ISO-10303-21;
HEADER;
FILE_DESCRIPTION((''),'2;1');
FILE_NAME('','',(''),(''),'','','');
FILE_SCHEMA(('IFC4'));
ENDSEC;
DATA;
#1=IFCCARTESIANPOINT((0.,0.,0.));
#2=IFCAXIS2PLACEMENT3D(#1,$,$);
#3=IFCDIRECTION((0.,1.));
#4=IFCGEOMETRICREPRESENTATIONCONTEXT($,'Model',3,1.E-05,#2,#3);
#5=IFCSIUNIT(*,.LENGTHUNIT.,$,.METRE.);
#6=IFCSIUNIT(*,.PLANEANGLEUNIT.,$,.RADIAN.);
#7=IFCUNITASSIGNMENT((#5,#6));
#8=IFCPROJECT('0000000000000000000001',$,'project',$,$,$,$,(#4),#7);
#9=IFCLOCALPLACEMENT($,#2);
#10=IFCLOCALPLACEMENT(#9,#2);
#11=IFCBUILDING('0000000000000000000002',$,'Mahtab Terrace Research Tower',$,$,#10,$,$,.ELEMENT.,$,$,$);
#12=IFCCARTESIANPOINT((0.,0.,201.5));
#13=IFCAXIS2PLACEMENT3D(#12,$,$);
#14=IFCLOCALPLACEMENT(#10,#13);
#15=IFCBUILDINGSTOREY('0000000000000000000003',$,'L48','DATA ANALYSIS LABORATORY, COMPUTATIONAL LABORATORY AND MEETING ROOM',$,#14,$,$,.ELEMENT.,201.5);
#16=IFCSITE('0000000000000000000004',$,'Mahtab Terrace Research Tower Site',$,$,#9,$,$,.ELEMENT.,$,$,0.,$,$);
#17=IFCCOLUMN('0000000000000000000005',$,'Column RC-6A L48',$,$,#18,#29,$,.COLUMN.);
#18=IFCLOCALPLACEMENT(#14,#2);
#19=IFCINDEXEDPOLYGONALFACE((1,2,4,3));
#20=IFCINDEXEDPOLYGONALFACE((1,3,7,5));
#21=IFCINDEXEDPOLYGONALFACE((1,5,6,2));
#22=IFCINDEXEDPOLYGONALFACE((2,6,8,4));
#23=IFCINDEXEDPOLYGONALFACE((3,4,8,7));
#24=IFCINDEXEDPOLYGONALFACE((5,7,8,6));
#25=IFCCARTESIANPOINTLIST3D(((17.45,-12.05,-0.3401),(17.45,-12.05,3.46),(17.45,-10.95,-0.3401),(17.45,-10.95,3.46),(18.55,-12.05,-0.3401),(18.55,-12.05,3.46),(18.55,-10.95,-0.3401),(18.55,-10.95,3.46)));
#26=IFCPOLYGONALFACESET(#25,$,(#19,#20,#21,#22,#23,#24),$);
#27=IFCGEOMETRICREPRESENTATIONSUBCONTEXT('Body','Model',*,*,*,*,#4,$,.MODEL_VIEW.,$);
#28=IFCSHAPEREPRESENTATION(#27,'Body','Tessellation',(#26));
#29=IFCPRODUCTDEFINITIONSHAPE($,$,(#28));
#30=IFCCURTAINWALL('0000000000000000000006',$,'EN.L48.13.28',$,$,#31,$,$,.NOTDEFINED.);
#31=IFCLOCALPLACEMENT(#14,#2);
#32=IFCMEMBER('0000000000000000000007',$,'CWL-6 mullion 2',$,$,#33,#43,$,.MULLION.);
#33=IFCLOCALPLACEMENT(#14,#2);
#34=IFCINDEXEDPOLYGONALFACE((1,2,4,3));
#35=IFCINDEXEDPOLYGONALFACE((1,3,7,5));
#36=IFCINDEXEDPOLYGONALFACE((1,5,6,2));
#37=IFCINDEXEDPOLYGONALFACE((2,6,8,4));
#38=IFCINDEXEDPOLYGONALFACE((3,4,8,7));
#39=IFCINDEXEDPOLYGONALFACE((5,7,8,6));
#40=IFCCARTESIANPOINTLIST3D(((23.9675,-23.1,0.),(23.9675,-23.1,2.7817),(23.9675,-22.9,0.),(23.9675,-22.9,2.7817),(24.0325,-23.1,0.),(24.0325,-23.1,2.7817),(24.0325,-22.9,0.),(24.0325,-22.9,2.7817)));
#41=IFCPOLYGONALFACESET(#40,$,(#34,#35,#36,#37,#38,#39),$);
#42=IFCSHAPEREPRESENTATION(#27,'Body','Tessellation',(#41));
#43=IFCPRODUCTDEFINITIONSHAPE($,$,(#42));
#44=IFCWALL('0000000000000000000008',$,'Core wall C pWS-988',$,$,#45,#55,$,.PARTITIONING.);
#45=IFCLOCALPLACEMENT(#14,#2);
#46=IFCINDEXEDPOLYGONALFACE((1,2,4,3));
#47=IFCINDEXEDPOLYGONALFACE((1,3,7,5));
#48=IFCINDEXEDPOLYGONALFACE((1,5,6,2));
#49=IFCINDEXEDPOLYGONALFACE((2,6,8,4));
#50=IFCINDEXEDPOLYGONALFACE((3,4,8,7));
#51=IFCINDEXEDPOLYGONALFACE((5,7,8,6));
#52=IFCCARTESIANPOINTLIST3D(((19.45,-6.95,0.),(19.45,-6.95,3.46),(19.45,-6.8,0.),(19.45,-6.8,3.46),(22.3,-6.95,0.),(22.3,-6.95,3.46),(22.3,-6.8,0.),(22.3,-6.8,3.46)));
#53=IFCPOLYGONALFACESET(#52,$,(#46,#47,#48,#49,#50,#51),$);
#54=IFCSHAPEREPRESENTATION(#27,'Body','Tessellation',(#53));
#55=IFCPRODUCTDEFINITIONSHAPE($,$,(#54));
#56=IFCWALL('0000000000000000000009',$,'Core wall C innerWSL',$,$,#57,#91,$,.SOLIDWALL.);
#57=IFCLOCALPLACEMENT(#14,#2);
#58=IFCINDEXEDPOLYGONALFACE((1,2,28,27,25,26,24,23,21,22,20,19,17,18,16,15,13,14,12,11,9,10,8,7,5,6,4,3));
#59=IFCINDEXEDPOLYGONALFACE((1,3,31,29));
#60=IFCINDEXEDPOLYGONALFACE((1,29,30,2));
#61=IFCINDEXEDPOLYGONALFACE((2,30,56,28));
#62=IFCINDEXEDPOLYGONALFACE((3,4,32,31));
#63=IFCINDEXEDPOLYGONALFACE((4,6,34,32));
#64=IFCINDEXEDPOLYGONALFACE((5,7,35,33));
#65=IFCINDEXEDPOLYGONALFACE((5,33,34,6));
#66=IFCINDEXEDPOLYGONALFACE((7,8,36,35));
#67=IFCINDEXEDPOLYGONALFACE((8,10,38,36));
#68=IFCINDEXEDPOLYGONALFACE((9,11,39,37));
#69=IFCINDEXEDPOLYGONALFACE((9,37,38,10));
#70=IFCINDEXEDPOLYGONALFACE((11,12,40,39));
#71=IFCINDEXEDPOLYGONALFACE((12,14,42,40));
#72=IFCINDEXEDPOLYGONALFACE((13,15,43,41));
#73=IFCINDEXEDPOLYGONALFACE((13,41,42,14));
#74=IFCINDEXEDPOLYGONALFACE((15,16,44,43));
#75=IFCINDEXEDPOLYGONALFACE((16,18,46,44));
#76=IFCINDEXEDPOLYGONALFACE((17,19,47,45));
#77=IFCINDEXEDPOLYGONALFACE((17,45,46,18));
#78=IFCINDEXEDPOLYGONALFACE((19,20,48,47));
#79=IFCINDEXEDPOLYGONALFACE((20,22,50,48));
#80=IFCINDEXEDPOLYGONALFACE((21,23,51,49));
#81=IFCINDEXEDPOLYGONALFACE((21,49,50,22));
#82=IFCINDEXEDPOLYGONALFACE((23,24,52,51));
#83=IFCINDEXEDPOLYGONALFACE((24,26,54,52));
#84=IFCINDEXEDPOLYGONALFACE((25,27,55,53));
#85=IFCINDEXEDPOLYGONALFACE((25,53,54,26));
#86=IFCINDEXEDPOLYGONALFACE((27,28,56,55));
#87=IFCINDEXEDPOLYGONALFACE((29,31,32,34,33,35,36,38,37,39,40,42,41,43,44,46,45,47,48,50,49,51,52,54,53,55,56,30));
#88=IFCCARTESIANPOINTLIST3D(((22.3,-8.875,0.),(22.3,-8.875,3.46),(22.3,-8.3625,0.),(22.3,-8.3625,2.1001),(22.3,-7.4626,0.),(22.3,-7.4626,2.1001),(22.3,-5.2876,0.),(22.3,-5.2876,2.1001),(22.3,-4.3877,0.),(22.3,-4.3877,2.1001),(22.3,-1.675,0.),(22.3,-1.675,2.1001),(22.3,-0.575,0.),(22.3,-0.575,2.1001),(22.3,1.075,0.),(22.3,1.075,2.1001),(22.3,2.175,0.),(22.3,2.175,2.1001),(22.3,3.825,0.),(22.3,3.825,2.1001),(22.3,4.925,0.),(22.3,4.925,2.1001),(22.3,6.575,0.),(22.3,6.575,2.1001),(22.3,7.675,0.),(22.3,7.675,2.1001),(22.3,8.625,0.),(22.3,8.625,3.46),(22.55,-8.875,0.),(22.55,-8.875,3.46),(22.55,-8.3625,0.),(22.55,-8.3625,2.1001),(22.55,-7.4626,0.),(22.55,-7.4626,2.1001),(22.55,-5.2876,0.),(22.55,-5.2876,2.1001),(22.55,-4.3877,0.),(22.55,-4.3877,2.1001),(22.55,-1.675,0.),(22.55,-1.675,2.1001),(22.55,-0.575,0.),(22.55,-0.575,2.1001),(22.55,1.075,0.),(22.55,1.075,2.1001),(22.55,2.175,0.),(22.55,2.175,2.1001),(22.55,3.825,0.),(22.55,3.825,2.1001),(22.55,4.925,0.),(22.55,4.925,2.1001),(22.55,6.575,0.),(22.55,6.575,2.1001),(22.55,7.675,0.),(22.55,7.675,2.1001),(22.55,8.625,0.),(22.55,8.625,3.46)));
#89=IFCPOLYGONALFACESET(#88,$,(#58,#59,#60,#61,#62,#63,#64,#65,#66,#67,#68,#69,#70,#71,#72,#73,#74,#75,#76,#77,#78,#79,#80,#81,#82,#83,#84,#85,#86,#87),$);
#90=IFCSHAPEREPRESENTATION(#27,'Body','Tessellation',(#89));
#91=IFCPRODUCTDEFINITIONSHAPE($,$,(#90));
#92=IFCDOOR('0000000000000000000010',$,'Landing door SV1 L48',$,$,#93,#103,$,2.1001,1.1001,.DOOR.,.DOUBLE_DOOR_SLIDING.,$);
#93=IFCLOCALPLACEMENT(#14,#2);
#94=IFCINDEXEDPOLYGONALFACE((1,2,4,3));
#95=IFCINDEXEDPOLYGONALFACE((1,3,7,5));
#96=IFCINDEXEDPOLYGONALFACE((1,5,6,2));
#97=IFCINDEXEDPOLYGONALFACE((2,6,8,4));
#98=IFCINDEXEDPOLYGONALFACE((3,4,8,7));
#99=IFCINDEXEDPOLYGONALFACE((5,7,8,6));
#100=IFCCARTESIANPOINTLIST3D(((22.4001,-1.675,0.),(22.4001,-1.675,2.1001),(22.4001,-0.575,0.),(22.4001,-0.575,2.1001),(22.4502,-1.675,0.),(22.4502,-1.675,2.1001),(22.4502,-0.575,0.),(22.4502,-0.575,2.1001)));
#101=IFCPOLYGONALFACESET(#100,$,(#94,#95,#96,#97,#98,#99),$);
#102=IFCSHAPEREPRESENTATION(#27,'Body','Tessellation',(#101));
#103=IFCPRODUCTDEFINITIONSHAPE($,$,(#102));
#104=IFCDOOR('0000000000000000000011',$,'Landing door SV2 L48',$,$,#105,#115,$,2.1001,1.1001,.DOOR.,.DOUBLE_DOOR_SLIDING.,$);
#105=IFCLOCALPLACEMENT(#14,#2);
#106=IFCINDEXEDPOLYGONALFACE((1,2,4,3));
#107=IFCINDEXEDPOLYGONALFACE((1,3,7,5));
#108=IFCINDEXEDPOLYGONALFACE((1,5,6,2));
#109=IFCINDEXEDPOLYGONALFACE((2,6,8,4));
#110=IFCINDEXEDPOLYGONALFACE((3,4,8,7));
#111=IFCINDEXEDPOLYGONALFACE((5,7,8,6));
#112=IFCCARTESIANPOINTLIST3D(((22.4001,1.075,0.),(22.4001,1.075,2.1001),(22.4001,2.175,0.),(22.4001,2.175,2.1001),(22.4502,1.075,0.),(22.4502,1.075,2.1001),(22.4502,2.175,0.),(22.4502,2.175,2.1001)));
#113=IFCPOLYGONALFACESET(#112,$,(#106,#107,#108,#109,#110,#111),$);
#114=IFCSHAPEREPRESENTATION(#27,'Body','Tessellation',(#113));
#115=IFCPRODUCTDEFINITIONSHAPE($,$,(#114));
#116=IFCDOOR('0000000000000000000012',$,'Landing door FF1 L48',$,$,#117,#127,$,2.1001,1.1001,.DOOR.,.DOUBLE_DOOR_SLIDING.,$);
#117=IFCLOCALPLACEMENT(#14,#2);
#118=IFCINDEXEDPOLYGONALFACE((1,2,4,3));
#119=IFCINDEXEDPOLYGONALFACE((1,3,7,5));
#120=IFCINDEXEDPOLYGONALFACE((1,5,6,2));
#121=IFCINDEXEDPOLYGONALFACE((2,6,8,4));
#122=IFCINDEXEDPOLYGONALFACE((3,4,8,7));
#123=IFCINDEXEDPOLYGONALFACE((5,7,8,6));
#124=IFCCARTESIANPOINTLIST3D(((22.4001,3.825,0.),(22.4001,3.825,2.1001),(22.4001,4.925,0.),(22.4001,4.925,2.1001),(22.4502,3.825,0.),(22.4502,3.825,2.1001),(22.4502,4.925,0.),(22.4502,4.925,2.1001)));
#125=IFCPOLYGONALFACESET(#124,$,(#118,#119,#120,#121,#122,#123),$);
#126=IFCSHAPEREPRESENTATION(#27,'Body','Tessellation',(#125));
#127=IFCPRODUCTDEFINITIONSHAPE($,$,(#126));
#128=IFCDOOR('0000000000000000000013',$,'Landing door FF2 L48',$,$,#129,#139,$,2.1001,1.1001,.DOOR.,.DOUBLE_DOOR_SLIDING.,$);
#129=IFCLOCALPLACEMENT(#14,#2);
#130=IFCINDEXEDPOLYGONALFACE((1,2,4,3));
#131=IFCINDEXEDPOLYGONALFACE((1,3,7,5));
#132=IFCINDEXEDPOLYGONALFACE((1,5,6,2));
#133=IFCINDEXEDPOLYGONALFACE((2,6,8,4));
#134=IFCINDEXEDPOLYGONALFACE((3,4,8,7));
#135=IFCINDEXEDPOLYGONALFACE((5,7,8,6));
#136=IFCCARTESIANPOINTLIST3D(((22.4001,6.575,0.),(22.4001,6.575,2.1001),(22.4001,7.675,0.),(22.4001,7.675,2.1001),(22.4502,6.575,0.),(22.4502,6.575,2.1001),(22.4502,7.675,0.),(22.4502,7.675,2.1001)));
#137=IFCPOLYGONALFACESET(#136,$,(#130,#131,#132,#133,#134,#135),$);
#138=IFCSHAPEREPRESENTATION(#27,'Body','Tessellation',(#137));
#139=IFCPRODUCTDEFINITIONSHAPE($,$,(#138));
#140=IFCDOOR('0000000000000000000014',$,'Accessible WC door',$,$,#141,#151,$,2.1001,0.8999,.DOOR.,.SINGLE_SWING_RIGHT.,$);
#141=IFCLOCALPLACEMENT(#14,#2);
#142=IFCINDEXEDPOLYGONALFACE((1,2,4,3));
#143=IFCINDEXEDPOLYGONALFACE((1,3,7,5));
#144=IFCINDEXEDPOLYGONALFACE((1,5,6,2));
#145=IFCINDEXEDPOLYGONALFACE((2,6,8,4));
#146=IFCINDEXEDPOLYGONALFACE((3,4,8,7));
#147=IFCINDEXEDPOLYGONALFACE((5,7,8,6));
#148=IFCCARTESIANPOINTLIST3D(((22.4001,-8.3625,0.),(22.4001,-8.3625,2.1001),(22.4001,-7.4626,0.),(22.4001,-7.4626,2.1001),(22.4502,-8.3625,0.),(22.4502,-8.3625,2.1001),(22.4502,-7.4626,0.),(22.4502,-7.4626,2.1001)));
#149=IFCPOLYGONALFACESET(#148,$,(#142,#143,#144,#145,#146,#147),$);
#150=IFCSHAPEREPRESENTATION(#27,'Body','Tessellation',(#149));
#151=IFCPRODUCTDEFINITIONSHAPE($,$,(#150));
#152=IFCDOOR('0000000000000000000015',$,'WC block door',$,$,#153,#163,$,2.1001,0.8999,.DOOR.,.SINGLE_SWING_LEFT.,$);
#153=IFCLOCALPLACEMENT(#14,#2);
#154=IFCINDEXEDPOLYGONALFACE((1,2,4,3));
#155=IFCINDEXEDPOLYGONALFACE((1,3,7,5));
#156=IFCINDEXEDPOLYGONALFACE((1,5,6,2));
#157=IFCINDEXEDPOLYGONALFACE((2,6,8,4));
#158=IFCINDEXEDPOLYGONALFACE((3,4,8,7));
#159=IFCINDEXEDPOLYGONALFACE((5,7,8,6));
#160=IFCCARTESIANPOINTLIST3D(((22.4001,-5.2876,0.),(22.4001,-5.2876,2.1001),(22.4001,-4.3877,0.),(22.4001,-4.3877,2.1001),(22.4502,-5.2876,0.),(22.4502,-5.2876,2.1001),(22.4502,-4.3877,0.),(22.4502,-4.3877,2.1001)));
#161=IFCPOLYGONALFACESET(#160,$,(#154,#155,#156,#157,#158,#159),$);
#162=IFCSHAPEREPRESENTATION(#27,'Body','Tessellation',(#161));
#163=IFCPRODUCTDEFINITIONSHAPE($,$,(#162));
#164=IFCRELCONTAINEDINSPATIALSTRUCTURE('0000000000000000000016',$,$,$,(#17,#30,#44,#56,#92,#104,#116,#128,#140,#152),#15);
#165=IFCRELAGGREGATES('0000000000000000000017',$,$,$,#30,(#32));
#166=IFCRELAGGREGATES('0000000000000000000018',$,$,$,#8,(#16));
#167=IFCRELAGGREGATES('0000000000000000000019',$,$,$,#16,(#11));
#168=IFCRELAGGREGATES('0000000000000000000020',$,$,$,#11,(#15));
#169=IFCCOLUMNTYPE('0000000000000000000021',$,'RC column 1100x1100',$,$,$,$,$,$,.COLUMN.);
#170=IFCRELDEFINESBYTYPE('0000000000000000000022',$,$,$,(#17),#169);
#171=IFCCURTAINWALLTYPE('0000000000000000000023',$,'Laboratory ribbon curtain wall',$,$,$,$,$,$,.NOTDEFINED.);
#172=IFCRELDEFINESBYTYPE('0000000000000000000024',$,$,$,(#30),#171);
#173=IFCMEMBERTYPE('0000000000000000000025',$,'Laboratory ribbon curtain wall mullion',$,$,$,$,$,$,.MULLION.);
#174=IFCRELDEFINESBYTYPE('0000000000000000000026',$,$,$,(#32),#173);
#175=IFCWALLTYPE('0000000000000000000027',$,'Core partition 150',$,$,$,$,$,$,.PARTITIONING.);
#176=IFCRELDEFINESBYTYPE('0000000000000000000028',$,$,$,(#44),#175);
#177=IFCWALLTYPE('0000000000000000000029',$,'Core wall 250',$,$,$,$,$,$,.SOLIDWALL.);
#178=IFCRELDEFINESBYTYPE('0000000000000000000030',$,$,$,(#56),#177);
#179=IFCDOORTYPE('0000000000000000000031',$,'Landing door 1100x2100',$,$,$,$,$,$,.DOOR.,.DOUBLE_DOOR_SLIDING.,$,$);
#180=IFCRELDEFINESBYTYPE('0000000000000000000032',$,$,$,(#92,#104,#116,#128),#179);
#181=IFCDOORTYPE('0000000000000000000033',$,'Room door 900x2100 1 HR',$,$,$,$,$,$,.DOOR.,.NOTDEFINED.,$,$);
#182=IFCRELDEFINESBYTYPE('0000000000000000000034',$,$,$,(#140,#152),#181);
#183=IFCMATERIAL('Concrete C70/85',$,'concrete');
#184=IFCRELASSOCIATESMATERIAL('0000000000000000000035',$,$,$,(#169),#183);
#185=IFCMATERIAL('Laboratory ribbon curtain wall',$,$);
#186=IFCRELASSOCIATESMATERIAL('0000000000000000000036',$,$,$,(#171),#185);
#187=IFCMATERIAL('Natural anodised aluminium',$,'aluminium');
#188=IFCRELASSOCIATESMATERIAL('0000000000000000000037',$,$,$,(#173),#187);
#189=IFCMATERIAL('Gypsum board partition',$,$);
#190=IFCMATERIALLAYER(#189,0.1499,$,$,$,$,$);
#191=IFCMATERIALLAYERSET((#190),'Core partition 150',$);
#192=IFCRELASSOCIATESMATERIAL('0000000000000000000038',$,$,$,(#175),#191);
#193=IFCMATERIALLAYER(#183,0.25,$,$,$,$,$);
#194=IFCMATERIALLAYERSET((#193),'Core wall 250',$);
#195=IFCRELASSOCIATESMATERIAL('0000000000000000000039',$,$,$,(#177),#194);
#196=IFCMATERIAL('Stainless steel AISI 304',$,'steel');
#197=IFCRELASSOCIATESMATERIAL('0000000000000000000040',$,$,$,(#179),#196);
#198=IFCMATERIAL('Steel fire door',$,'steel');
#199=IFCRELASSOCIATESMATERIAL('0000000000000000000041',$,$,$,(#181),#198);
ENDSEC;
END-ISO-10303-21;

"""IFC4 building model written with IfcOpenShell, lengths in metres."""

from ifc_helpers import new_model, si_unit, direction, frame, frame_2d, origin, origin_2d, place, context, subcontext, project, spatial, rectangle, extrude, material, layer, layer_set, material_profile, profile_set, type_object, element, fill, aggregate, save


model = new_model("IFC4")

# Units and contexts
model_context = context("Model", 3, precision=1e-05, world=origin(), true_north=direction((0.0, 1.0)))
body_context = subcontext(model_context, "Body", "Model", "MODEL_VIEW")
ifc_project = project(units=[si_unit("LENGTHUNIT", "METRE"), si_unit("PLANEANGLEUNIT", "RADIAN")], contexts=[model_context])

# Site, building, storey
site_placement = place(None, origin())
site = spatial("IfcSite", under=ifc_project, at=site_placement, Name="Mahtab Terrace Research Tower Site", CompositionType="ELEMENT", RefElevation=0.0)
building_placement = place(site_placement, origin())
building = spatial("IfcBuilding", under=site, at=building_placement, Name="Mahtab Terrace Research Tower", CompositionType="ELEMENT")
storey_placement = place(building_placement, frame((0.0, 0.0, 201.5)))
storey = spatial("IfcBuildingStorey", under=building, at=storey_placement, Name="L48", Description="DATA ANALYSIS LABORATORY, COMPUTATIONAL LABORATORY AND MEETING ROOM", CompositionType="ELEMENT", Elevation=201.5)

# Column
ifc_material_1 = material(Name="Concrete C70/85", Category="concrete")
ifc_material_profile_1 = material_profile(ifc_material_1, rectangle(XDim=1.1001, YDim=1.1001, at=origin_2d()), Name="RC column 1100x1100")
ifc_profile_set_1 = profile_set([ifc_material_profile_1], Name="Concrete C70/85")
column_type = type_object("IfcColumnType", Name="RC column 1100x1100", PredefinedType="COLUMN", material=ifc_profile_set_1)
column_placement = place(storey_placement, frame((18.0, -11.5, -0.3401), z_axis=(0.0, 0.0, 1.0), x_axis=(1.0, 0.0, 0.0)))
element("IfcColumn", 1, at=column_placement, inside=storey, type_object=column_type, Name="Column RC-6A L48", PredefinedType="COLUMN", context=body_context, shape_type="SweptSolid", body=[
    extrude(rectangle(XDim=1.1001, YDim=1.1001, at=origin_2d()), origin(), (0.0, 0.0, 1.0), 3.8),
])

# Curtain wall, member
ifc_material_2 = material(Name="Laboratory ribbon curtain wall")
curtain_wall_type = type_object("IfcCurtainWallType", Name="Laboratory ribbon curtain wall", PredefinedType="NOTDEFINED", material=ifc_material_2)
curtain_wall_placement = place(storey_placement, origin())
curtain_wall = element("IfcCurtainWall", 2, at=curtain_wall_placement, inside=storey, type_object=curtain_wall_type, Name="EN.L48.13.28", PredefinedType="NOTDEFINED")
ifc_material_3 = material(Name="Natural anodised aluminium", Category="aluminium")
ifc_material_profile_2 = material_profile(ifc_material_3, rectangle(XDim=0.2, YDim=0.0649, at=origin_2d()), Name="MULLION 65x200")
ifc_profile_set_2 = profile_set([ifc_material_profile_2], Name="Natural anodised aluminium")
member_type = type_object("IfcMemberType", Name="Laboratory ribbon curtain wall mullion", PredefinedType="MULLION", material=ifc_profile_set_2)
member_placement = place(storey_placement, frame((24.0, -23.0, 0.0), z_axis=(0.0, 0.0, 1.0), x_axis=(0.0, 1.0, 0.0)))
member = element("IfcMember", 3, at=member_placement, type_object=member_type, Name="CWL-6 mullion 2", PredefinedType="MULLION", context=body_context, shape_type="SweptSolid", body=[
    extrude(rectangle(XDim=0.2, YDim=0.0649, at=origin_2d()), origin(), (0.0, 0.0, 1.0), 2.7817),
])
aggregate(curtain_wall, [member])

# Wall
ifc_material_4 = material(Name="Gypsum board partition")
ifc_layer_1 = layer(ifc_material_4, 0.1499)
ifc_layer_set_1 = layer_set([ifc_layer_1], Name="Core partition 150")
wall_type_1 = type_object("IfcWallType", Name="Core partition 150", PredefinedType="PARTITIONING", material=ifc_layer_set_1)
wall_1_placement = place(storey_placement, frame((19.45, -6.875, 0.0), z_axis=(0.0, 0.0, 1.0), x_axis=(1.0, 0.0, 0.0)))
element("IfcWall", 4, at=wall_1_placement, inside=storey, type_object=wall_type_1, Name="Core wall C pWS-988", PredefinedType="PARTITIONING", context=body_context, shape_type="SweptSolid", body=[
    extrude(rectangle(XDim=2.8501, YDim=0.1499, at=frame_2d((1.425, 0.0))), origin(), (0.0, 0.0, 1.0), 3.46),
])

# Wall, openings, doors
ifc_layer_2 = layer(ifc_material_1, 0.25)
ifc_layer_set_2 = layer_set([ifc_layer_2], Name="Core wall 250")
wall_type_2 = type_object("IfcWallType", Name="Core wall 250", PredefinedType="SOLIDWALL", material=ifc_layer_set_2)
wall_2_placement = place(storey_placement, frame((22.425, -8.875, 0.0), z_axis=(0.0, 0.0, 1.0), x_axis=(0.0, 1.0, 0.0)))
wall_2 = element("IfcWall", 5, at=wall_2_placement, inside=storey, type_object=wall_type_2, Name="Core wall C innerWSL", PredefinedType="SOLIDWALL", context=body_context, shape_type="SweptSolid", body=[
    extrude(rectangle(XDim=17.5, YDim=0.25, at=frame_2d((8.75, 0.0))), origin(), (0.0, 0.0, 1.0), 3.46),
])
opening_1_placement = place(wall_2_placement, frame((7.2, 0.0, 0.0)))
opening_1 = element("IfcOpeningElement", 6, at=opening_1_placement, cuts=wall_2, PredefinedType="OPENING", context=body_context, shape_type="SweptSolid", body=[
    extrude(rectangle(XDim=1.1001, YDim=2.1001, at=frame_2d((0.55, 1.05))), frame((0.0, 0.135, 0.0), z_axis=(0.0, -1.0, 0.0), x_axis=(1.0, 0.0, 0.0)), (0.0, 0.0, 1.0), 0.27),
])
opening_2_placement = place(wall_2_placement, frame((9.95, 0.0, 0.0)))
opening_2 = element("IfcOpeningElement", 7, at=opening_2_placement, cuts=wall_2, PredefinedType="OPENING", context=body_context, shape_type="SweptSolid", body=[
    extrude(rectangle(XDim=1.1001, YDim=2.1001, at=frame_2d((0.55, 1.05))), frame((0.0, 0.135, 0.0), z_axis=(0.0, -1.0, 0.0), x_axis=(1.0, 0.0, 0.0)), (0.0, 0.0, 1.0), 0.27),
])
opening_3_placement = place(wall_2_placement, frame((12.7, 0.0, 0.0)))
opening_3 = element("IfcOpeningElement", 8, at=opening_3_placement, cuts=wall_2, PredefinedType="OPENING", context=body_context, shape_type="SweptSolid", body=[
    extrude(rectangle(XDim=1.1001, YDim=2.1001, at=frame_2d((0.55, 1.05))), frame((0.0, 0.135, 0.0), z_axis=(0.0, -1.0, 0.0), x_axis=(1.0, 0.0, 0.0)), (0.0, 0.0, 1.0), 0.27),
])
opening_4_placement = place(wall_2_placement, frame((15.45, 0.0, 0.0)))
opening_4 = element("IfcOpeningElement", 9, at=opening_4_placement, cuts=wall_2, PredefinedType="OPENING", context=body_context, shape_type="SweptSolid", body=[
    extrude(rectangle(XDim=1.1001, YDim=2.1001, at=frame_2d((0.55, 1.05))), frame((0.0, 0.135, 0.0), z_axis=(0.0, -1.0, 0.0), x_axis=(1.0, 0.0, 0.0)), (0.0, 0.0, 1.0), 0.27),
])
opening_5_placement = place(wall_2_placement, frame((0.5125, 0.0, 0.0)))
opening_5 = element("IfcOpeningElement", 10, at=opening_5_placement, cuts=wall_2, PredefinedType="OPENING", context=body_context, shape_type="SweptSolid", body=[
    extrude(rectangle(XDim=0.8999, YDim=2.1001, at=frame_2d((0.45, 1.05))), frame((0.0, 0.135, 0.0), z_axis=(0.0, -1.0, 0.0), x_axis=(1.0, 0.0, 0.0)), (0.0, 0.0, 1.0), 0.27),
])
opening_6_placement = place(wall_2_placement, frame((3.5874, 0.0, 0.0)))
opening_6 = element("IfcOpeningElement", 11, at=opening_6_placement, cuts=wall_2, PredefinedType="OPENING", context=body_context, shape_type="SweptSolid", body=[
    extrude(rectangle(XDim=0.8999, YDim=2.1001, at=frame_2d((0.45, 1.05))), frame((0.0, 0.135, 0.0), z_axis=(0.0, -1.0, 0.0), x_axis=(1.0, 0.0, 0.0)), (0.0, 0.0, 1.0), 0.27),
])
ifc_material_5 = material(Name="Stainless steel AISI 304", Category="steel")
door_type_1 = type_object("IfcDoorType", Name="Landing door 1100x2100", OperationType="DOUBLE_DOOR_SLIDING", PredefinedType="DOOR", material=ifc_material_5)
door_1_placement = place(opening_1_placement, origin())
door_1 = element("IfcDoor", 12, at=door_1_placement, inside=storey, type_object=door_type_1, Name="Landing door SV1 L48", OperationType="DOUBLE_DOOR_SLIDING", OverallHeight=2.1001, OverallWidth=1.1001, PredefinedType="DOOR", context=body_context, shape_type="SweptSolid", body=[
    extrude(rectangle(XDim=1.1001, YDim=2.1001, at=frame_2d((0.55, 1.05))), frame((0.0, 0.0249, 0.0), z_axis=(0.0, -1.0, 0.0), x_axis=(1.0, 0.0, 0.0)), (0.0, 0.0, 1.0), 0.05),
])
fill(opening_1, door_1)
door_2_placement = place(opening_2_placement, origin())
door_2 = element("IfcDoor", 13, at=door_2_placement, inside=storey, type_object=door_type_1, Name="Landing door SV2 L48", OperationType="DOUBLE_DOOR_SLIDING", OverallHeight=2.1001, OverallWidth=1.1001, PredefinedType="DOOR", context=body_context, shape_type="SweptSolid", body=[
    extrude(rectangle(XDim=1.1001, YDim=2.1001, at=frame_2d((0.55, 1.05))), frame((0.0, 0.0249, 0.0), z_axis=(0.0, -1.0, 0.0), x_axis=(1.0, 0.0, 0.0)), (0.0, 0.0, 1.0), 0.05),
])
fill(opening_2, door_2)
door_3_placement = place(opening_3_placement, origin())
door_3 = element("IfcDoor", 14, at=door_3_placement, inside=storey, type_object=door_type_1, Name="Landing door FF1 L48", OperationType="DOUBLE_DOOR_SLIDING", OverallHeight=2.1001, OverallWidth=1.1001, PredefinedType="DOOR", context=body_context, shape_type="SweptSolid", body=[
    extrude(rectangle(XDim=1.1001, YDim=2.1001, at=frame_2d((0.55, 1.05))), frame((0.0, 0.0249, 0.0), z_axis=(0.0, -1.0, 0.0), x_axis=(1.0, 0.0, 0.0)), (0.0, 0.0, 1.0), 0.05),
])
fill(opening_3, door_3)
door_4_placement = place(opening_4_placement, origin())
door_4 = element("IfcDoor", 15, at=door_4_placement, inside=storey, type_object=door_type_1, Name="Landing door FF2 L48", OperationType="DOUBLE_DOOR_SLIDING", OverallHeight=2.1001, OverallWidth=1.1001, PredefinedType="DOOR", context=body_context, shape_type="SweptSolid", body=[
    extrude(rectangle(XDim=1.1001, YDim=2.1001, at=frame_2d((0.55, 1.05))), frame((0.0, 0.0249, 0.0), z_axis=(0.0, -1.0, 0.0), x_axis=(1.0, 0.0, 0.0)), (0.0, 0.0, 1.0), 0.05),
])
fill(opening_4, door_4)
ifc_material_6 = material(Name="Steel fire door", Category="steel")
door_type_2 = type_object("IfcDoorType", Name="Room door 900x2100 1 HR", OperationType="NOTDEFINED", PredefinedType="DOOR", material=ifc_material_6)
door_5_placement = place(opening_5_placement, origin())
door_5 = element("IfcDoor", 16, at=door_5_placement, inside=storey, type_object=door_type_2, Name="Accessible WC door", OperationType="SINGLE_SWING_RIGHT", OverallHeight=2.1001, OverallWidth=0.8999, PredefinedType="DOOR", context=body_context, shape_type="SweptSolid", body=[
    extrude(rectangle(XDim=0.8999, YDim=2.1001, at=frame_2d((0.45, 1.05))), frame((0.0, 0.0249, 0.0), z_axis=(0.0, -1.0, 0.0), x_axis=(1.0, 0.0, 0.0)), (0.0, 0.0, 1.0), 0.05),
])
fill(opening_5, door_5)
door_6_placement = place(opening_6_placement, origin())
door_6 = element("IfcDoor", 17, at=door_6_placement, inside=storey, type_object=door_type_2, Name="WC block door", OperationType="SINGLE_SWING_LEFT", OverallHeight=2.1001, OverallWidth=0.8999, PredefinedType="DOOR", context=body_context, shape_type="SweptSolid", body=[
    extrude(rectangle(XDim=0.8999, YDim=2.1001, at=frame_2d((0.45, 1.05))), frame((0.0, 0.0249, 0.0), z_axis=(0.0, -1.0, 0.0), x_axis=(1.0, 0.0, 0.0)), (0.0, 0.0, 1.0), 0.05),
])
fill(opening_6, door_6)

save(model, "model.ifc")
